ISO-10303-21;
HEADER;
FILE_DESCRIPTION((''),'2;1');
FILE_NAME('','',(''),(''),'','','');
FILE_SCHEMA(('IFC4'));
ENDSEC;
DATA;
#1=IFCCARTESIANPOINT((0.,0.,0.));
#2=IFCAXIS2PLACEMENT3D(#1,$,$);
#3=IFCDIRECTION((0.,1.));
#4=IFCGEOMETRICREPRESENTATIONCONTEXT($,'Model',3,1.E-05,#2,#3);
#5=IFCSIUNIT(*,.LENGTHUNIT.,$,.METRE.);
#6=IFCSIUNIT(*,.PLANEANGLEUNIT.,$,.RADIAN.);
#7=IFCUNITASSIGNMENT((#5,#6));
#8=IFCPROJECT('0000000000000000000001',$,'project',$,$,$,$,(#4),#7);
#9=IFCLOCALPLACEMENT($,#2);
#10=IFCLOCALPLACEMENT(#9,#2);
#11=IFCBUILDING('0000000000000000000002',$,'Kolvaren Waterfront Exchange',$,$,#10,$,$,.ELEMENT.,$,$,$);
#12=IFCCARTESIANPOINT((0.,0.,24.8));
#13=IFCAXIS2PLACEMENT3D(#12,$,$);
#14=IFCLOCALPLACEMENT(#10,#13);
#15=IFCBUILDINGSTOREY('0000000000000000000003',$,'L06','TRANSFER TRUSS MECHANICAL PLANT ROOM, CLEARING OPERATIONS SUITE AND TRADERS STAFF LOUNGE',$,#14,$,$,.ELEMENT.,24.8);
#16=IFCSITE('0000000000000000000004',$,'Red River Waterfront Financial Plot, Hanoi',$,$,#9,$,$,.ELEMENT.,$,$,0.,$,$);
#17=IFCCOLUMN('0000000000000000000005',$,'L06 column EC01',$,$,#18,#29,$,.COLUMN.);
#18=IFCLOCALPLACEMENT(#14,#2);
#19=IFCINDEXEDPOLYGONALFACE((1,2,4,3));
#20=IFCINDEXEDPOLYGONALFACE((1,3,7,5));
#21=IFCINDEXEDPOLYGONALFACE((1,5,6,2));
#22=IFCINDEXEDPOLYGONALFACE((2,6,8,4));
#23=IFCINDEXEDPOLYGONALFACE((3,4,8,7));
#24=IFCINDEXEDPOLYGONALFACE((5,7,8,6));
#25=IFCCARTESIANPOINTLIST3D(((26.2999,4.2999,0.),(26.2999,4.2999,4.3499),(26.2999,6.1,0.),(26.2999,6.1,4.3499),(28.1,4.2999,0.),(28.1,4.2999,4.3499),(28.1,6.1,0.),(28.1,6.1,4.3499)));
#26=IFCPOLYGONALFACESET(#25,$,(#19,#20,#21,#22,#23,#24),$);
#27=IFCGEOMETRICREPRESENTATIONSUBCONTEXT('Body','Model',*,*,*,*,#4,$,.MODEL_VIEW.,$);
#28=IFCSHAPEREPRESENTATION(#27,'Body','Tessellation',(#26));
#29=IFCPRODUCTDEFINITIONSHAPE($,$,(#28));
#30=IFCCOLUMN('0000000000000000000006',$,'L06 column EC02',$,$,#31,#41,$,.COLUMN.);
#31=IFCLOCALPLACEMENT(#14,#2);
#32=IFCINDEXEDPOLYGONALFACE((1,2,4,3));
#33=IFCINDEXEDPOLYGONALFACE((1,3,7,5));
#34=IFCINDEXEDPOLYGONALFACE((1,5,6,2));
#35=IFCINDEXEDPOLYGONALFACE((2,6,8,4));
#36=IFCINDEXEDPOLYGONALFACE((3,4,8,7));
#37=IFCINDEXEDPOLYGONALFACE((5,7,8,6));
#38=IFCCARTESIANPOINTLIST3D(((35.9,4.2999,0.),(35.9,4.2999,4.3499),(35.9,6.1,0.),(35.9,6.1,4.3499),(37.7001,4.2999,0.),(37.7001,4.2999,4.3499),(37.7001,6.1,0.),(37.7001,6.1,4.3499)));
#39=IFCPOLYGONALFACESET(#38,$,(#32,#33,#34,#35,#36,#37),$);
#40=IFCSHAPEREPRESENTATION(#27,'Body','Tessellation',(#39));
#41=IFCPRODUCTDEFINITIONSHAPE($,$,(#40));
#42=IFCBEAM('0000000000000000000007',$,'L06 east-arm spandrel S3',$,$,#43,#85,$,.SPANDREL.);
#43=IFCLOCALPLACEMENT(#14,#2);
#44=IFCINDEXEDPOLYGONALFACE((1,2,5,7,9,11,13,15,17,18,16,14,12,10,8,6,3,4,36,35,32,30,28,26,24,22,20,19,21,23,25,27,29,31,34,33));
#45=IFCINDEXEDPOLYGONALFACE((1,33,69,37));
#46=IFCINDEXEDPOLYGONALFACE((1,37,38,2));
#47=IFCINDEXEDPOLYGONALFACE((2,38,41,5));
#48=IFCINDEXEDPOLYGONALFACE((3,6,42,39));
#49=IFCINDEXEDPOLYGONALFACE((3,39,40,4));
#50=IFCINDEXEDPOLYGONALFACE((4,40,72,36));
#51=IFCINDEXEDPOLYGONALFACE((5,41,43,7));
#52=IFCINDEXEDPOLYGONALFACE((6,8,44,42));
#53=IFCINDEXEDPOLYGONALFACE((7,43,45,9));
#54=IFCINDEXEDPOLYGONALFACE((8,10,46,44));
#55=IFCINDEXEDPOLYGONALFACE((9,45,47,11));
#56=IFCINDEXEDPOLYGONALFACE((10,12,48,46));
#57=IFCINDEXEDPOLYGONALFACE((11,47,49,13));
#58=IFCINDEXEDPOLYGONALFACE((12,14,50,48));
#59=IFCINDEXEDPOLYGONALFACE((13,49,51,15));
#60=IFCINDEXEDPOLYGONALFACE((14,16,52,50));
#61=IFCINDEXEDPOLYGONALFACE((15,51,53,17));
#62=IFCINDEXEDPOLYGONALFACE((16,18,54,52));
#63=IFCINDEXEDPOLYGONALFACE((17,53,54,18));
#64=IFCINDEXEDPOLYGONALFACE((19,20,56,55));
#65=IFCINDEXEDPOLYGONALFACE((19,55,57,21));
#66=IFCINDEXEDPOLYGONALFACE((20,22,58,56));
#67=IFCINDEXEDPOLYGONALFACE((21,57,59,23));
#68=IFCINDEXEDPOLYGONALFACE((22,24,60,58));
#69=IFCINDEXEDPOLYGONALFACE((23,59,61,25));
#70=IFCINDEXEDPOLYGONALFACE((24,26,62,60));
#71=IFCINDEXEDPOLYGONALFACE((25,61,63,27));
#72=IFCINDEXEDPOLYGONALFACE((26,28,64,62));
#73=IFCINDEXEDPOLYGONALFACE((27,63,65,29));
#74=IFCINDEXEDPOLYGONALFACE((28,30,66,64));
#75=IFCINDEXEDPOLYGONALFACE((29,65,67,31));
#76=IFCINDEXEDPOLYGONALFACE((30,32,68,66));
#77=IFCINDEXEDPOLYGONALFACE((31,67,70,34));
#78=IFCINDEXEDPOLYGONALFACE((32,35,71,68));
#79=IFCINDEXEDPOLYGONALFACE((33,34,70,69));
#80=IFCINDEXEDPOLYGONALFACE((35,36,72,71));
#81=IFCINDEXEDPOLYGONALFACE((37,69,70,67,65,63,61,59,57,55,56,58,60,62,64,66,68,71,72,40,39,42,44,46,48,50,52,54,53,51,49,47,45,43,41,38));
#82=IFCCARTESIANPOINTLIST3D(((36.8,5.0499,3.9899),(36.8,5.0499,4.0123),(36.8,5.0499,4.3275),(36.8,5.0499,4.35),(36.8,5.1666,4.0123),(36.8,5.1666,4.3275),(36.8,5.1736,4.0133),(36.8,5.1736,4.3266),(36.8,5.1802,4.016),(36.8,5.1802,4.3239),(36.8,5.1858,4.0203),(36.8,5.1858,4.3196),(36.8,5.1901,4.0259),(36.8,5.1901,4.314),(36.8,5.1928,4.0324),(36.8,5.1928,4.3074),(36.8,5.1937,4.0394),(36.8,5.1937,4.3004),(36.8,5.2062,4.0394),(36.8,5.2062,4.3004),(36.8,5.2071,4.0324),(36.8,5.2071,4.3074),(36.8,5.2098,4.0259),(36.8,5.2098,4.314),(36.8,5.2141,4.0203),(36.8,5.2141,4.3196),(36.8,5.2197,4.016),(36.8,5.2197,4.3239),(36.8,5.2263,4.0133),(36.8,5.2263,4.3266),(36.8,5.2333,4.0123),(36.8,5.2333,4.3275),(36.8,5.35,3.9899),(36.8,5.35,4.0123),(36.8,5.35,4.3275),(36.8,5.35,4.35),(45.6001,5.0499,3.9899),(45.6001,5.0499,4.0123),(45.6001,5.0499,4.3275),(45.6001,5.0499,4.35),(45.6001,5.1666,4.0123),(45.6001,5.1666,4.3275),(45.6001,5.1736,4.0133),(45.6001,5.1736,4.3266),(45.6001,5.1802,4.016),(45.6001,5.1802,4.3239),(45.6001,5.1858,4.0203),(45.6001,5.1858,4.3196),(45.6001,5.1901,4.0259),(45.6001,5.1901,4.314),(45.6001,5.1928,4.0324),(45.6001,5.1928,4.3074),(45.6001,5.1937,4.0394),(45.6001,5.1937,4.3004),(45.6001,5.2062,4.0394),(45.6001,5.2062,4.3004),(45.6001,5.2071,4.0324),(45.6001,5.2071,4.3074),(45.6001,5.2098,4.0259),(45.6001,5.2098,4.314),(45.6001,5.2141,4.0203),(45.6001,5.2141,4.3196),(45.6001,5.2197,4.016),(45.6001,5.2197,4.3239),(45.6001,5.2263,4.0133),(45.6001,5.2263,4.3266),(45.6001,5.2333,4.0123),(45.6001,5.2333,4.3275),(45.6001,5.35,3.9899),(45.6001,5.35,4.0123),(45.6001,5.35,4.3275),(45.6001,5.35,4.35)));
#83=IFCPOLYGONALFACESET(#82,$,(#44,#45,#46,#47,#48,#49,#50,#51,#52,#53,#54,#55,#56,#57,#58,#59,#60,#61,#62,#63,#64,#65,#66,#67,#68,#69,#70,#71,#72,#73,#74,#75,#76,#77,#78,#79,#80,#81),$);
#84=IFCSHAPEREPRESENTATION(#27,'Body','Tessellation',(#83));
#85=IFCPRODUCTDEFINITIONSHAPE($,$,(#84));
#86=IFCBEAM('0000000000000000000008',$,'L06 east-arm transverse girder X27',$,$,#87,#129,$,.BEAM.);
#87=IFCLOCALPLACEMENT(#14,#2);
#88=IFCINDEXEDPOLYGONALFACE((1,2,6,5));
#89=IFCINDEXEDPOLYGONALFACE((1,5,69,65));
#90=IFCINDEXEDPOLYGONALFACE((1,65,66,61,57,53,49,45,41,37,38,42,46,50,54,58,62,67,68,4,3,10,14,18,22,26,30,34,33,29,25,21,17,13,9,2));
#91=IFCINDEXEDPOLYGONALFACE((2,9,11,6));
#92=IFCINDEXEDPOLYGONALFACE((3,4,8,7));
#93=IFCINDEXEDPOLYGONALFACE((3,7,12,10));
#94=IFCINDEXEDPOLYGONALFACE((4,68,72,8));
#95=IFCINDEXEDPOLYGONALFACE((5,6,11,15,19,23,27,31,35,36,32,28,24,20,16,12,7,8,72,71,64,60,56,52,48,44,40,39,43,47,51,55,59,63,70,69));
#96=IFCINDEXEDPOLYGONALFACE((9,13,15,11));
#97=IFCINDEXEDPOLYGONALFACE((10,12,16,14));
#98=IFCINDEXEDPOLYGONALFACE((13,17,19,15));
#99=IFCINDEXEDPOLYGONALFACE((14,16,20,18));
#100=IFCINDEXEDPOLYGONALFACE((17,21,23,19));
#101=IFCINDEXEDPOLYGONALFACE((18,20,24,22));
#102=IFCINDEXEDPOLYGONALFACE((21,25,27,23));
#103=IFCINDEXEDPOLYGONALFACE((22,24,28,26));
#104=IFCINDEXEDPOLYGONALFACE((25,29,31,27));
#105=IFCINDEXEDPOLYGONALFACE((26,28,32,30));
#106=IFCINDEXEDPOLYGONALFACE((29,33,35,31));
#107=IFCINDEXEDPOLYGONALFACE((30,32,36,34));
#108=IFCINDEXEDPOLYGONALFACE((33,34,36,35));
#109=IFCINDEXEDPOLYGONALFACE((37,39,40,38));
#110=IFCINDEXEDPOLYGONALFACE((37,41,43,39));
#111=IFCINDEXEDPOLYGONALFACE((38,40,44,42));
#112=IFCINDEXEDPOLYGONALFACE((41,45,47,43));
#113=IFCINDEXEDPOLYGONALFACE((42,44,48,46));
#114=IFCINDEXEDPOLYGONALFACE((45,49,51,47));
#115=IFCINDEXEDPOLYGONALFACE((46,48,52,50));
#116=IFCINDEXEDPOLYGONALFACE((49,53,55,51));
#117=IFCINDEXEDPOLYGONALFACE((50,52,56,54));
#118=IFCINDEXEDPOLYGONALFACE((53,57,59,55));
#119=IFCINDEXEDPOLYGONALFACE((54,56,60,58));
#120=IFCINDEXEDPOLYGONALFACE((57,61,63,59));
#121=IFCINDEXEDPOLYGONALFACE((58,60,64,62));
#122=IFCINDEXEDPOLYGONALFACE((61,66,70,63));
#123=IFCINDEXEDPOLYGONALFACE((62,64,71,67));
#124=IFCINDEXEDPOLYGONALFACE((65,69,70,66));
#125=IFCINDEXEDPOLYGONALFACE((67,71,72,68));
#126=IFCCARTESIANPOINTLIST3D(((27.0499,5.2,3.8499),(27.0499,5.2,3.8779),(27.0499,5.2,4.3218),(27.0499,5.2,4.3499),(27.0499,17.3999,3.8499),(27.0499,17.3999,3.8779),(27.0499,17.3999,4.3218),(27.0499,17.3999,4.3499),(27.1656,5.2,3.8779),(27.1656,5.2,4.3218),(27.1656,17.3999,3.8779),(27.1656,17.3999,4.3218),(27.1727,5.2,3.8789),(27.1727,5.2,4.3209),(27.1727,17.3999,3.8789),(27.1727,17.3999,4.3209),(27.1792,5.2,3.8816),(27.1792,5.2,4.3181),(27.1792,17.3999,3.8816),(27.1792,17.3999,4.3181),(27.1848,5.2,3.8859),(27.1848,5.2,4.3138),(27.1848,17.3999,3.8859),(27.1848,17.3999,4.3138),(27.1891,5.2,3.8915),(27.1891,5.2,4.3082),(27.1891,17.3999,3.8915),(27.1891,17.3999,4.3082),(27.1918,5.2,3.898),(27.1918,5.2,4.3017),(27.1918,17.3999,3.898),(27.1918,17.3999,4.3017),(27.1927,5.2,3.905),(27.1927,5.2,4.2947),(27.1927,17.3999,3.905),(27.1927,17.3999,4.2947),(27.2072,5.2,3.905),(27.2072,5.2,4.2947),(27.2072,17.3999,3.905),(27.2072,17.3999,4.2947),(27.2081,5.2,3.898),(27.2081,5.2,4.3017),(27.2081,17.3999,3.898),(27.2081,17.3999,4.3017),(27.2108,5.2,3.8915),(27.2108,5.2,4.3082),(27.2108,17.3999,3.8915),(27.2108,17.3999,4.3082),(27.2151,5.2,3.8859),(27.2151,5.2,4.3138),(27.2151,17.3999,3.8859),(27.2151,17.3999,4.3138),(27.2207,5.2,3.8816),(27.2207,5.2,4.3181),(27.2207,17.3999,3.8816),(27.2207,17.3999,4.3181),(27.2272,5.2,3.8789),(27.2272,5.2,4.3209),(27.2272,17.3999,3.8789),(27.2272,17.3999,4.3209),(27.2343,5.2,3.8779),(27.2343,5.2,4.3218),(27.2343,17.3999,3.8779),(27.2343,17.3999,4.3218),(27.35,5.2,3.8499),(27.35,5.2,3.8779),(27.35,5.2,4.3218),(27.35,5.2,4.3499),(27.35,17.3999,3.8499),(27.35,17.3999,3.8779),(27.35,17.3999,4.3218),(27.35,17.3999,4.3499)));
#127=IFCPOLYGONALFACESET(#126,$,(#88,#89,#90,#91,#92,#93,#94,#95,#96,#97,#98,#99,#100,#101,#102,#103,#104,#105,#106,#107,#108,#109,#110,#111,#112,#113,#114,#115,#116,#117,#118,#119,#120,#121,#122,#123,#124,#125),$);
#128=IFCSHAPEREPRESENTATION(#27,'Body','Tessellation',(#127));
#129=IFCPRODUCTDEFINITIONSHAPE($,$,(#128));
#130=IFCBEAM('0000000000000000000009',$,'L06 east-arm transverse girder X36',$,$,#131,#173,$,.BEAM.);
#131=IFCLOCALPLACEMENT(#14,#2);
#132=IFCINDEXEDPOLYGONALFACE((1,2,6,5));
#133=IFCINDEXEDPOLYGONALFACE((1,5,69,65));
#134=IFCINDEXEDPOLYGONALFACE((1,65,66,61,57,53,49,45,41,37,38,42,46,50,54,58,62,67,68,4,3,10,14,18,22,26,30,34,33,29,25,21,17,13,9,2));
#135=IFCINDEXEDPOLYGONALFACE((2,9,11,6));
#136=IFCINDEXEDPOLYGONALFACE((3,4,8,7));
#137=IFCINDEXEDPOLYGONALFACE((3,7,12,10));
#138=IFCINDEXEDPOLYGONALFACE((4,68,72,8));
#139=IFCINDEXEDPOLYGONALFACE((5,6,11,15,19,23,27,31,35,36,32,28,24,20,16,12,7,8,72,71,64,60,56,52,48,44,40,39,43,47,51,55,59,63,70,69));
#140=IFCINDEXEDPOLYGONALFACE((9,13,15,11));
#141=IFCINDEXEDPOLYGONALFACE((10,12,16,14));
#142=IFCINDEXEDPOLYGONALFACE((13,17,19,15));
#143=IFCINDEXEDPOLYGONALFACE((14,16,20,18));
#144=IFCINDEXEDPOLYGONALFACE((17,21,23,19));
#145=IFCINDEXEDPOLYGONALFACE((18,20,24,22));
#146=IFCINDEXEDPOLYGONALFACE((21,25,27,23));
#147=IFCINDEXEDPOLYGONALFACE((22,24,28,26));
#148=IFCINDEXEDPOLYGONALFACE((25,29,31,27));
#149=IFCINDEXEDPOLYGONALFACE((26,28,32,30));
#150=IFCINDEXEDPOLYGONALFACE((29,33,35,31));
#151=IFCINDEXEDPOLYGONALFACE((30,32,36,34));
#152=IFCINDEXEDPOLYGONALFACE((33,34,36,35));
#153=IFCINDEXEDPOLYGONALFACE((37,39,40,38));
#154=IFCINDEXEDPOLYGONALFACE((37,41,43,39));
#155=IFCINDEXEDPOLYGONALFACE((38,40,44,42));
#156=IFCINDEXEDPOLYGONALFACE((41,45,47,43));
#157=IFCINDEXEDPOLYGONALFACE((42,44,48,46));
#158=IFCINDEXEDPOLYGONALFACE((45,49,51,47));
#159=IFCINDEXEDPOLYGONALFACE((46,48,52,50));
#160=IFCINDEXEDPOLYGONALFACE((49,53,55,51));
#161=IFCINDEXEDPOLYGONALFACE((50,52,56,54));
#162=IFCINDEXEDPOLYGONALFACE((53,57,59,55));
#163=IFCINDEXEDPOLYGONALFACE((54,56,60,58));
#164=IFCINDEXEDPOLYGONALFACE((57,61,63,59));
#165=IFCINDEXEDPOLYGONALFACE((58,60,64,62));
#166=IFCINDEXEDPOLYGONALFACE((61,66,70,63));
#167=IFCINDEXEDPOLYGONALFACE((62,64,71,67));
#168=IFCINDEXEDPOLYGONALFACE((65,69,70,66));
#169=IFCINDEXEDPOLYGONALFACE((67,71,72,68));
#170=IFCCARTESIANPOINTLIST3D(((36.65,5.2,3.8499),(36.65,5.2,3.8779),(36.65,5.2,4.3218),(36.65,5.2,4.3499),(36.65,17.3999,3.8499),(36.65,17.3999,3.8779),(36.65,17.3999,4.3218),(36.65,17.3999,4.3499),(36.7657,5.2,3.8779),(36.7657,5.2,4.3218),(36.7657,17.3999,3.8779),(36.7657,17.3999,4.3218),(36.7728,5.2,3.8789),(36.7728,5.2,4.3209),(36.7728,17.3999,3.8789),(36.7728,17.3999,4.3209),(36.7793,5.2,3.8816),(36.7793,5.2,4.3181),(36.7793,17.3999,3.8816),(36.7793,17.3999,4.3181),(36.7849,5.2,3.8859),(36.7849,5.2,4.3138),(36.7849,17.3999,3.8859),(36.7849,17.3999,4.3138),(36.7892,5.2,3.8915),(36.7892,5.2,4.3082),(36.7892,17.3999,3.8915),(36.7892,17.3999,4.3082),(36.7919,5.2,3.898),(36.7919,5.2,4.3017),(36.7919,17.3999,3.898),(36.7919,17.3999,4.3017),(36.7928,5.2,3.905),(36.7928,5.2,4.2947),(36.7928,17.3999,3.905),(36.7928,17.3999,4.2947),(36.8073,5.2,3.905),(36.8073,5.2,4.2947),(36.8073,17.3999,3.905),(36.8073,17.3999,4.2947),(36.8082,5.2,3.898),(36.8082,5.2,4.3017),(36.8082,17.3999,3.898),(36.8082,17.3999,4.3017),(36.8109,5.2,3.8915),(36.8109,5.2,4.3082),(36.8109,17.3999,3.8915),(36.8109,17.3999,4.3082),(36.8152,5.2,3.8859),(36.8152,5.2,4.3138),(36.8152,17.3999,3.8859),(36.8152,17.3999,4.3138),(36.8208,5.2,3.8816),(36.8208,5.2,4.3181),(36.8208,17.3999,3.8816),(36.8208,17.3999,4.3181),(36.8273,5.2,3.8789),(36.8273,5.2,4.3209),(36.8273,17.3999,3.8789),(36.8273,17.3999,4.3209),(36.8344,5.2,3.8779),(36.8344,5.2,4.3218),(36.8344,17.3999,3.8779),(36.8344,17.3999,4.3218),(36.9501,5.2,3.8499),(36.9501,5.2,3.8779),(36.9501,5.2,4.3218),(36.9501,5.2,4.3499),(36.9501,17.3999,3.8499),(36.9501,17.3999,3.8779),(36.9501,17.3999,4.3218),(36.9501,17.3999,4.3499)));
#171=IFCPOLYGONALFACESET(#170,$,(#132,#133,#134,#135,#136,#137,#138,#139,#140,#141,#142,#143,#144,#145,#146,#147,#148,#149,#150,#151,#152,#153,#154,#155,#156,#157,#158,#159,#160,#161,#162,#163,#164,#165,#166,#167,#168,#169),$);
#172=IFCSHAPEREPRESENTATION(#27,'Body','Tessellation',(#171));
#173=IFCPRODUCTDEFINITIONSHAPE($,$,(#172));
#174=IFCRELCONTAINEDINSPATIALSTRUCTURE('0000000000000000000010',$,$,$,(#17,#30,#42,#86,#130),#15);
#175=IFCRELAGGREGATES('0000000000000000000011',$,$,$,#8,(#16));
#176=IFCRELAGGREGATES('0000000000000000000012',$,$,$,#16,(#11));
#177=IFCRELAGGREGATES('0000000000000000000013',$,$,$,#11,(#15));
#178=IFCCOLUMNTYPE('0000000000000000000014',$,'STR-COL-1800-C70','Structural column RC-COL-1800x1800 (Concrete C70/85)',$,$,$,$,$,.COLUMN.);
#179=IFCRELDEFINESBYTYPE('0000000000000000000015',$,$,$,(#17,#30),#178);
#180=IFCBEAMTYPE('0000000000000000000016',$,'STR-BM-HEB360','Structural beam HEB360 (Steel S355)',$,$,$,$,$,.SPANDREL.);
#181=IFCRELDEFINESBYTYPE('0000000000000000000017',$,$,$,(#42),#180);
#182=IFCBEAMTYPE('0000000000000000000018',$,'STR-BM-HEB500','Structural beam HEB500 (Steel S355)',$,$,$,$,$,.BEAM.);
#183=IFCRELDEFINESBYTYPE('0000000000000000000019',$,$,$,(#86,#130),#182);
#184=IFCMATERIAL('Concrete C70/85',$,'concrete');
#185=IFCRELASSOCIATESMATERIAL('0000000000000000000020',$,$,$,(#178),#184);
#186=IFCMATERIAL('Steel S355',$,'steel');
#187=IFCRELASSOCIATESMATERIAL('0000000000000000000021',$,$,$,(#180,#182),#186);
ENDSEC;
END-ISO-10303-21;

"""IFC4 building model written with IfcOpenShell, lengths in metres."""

from ifc_helpers import new_model, si_unit, direction, frame, origin, origin_2d, place, context, subcontext, project, spatial, rectangle, i_section, extrude, material, material_profile, profile_set, type_object, element, save


model = new_model("IFC4")

# Units and contexts
model_context = context("Model", 3, precision=1e-05, world=origin(), true_north=direction((0.0, 1.0)))
body_context = subcontext(model_context, "Body", "Model", "MODEL_VIEW")
ifc_project = project(units=[si_unit("LENGTHUNIT", "METRE"), si_unit("PLANEANGLEUNIT", "RADIAN")], contexts=[model_context])

# Site, building, storey
site_placement = place(None, origin())
site = spatial("IfcSite", under=ifc_project, at=site_placement, Name="Red River Waterfront Financial Plot, Hanoi", CompositionType="ELEMENT", RefElevation=0.0)
building_placement = place(site_placement, origin())
building = spatial("IfcBuilding", under=site, at=building_placement, Name="Kolvaren Waterfront Exchange", CompositionType="ELEMENT")
storey_placement = place(building_placement, frame((0.0, 0.0, 24.8)))
storey = spatial("IfcBuildingStorey", under=building, at=storey_placement, Name="L06", Description="TRANSFER TRUSS MECHANICAL PLANT ROOM, CLEARING OPERATIONS SUITE AND TRADERS STAFF LOUNGE", CompositionType="ELEMENT", Elevation=24.8)

# Columns
ifc_material_1 = material(Name="Concrete C70/85", Category="concrete")
ifc_material_profile_1 = material_profile(ifc_material_1, rectangle(XDim=1.8, YDim=1.8, at=origin_2d()), Name="RC-COL-1800x1800")
ifc_profile_set_1 = profile_set([ifc_material_profile_1], Name="Concrete C70/85")
column_type = type_object("IfcColumnType", Name="STR-COL-1800-C70", Description="Structural column RC-COL-1800x1800 (Concrete C70/85)", PredefinedType="COLUMN", material=ifc_profile_set_1)
for number, where, z_axis, x_axis, name in (
    (1, (27.2, 5.2, 0.0), (0.0, 0.0, 1.0), (1.0, 0.0, 0.0), "L06 column EC01"),
    (2, (36.8, 5.2, 0.0), (0.0, 0.0, 1.0), (1.0, 0.0, 0.0), "L06 column EC02"),
):
    element("IfcColumn", number, at=place(storey_placement, frame(where, z_axis=z_axis, x_axis=x_axis)), inside=storey, type_object=column_type, Name=name, PredefinedType="COLUMN", context=body_context, shape_type="SweptSolid", body=[
        extrude(rectangle(XDim=1.8, YDim=1.8, at=origin_2d()), origin(), (0.0, 0.0, 1.0), 4.3499),
    ])

# Beams
ifc_material_2 = material(Name="Steel S355", Category="steel")
ifc_material_profile_2 = material_profile(ifc_material_2, i_section(OverallWidth=0.3, OverallDepth=0.3601, WebThickness=0.0125, FlangeThickness=0.0225, FilletRadius=0.0271, at=origin_2d()), Name="HEB360")
ifc_profile_set_2 = profile_set([ifc_material_profile_2], Name="Steel S355")
beam_type_1 = type_object("IfcBeamType", Name="STR-BM-HEB360", Description="Structural beam HEB360 (Steel S355)", PredefinedType="SPANDREL", material=ifc_profile_set_2)
beam_1_placement = place(storey_placement, frame((36.8, 5.2, 4.1699), z_axis=(1.0, 0.0, 0.0), x_axis=(0.0, 1.0, 0.0)))
element("IfcBeam", 3, at=beam_1_placement, inside=storey, type_object=beam_type_1, Name="L06 east-arm spandrel S3", PredefinedType="SPANDREL", context=body_context, shape_type="SweptSolid", body=[
    extrude(i_section(OverallWidth=0.3, OverallDepth=0.3601, WebThickness=0.0125, FlangeThickness=0.0225, FilletRadius=0.0271, at=origin_2d()), origin(), (0.0, 0.0, 1.0), 8.8),
])
ifc_material_profile_3 = material_profile(ifc_material_2, i_section(OverallWidth=0.3, OverallDepth=0.5, WebThickness=0.0144, FlangeThickness=0.0281, FilletRadius=0.0271, at=origin_2d()), Name="HEB500")
ifc_profile_set_3 = profile_set([ifc_material_profile_3], Name="Steel S355")
beam_type_2 = type_object("IfcBeamType", Name="STR-BM-HEB500", Description="Structural beam HEB500 (Steel S355)", PredefinedType="BEAM", material=ifc_profile_set_3)
for number, where, z_axis, x_axis, name in (
    (4, (27.2, 5.2, 4.0999), (0.0, 1.0, 0.0), (-1.0, 0.0, 0.0), "L06 east-arm transverse girder X27"),
    (5, (36.8, 5.2, 4.0999), (0.0, 1.0, 0.0), (-1.0, 0.0, 0.0), "L06 east-arm transverse girder X36"),
):
    element("IfcBeam", number, at=place(storey_placement, frame(where, z_axis=z_axis, x_axis=x_axis)), inside=storey, type_object=beam_type_2, Name=name, PredefinedType="BEAM", context=body_context, shape_type="SweptSolid", body=[
        extrude(i_section(OverallWidth=0.3, OverallDepth=0.5, WebThickness=0.0144, FlangeThickness=0.0281, FilletRadius=0.0271, at=origin_2d()), origin(), (0.0, 0.0, 1.0), 12.2),
    ])

save(model, "model.ifc")
